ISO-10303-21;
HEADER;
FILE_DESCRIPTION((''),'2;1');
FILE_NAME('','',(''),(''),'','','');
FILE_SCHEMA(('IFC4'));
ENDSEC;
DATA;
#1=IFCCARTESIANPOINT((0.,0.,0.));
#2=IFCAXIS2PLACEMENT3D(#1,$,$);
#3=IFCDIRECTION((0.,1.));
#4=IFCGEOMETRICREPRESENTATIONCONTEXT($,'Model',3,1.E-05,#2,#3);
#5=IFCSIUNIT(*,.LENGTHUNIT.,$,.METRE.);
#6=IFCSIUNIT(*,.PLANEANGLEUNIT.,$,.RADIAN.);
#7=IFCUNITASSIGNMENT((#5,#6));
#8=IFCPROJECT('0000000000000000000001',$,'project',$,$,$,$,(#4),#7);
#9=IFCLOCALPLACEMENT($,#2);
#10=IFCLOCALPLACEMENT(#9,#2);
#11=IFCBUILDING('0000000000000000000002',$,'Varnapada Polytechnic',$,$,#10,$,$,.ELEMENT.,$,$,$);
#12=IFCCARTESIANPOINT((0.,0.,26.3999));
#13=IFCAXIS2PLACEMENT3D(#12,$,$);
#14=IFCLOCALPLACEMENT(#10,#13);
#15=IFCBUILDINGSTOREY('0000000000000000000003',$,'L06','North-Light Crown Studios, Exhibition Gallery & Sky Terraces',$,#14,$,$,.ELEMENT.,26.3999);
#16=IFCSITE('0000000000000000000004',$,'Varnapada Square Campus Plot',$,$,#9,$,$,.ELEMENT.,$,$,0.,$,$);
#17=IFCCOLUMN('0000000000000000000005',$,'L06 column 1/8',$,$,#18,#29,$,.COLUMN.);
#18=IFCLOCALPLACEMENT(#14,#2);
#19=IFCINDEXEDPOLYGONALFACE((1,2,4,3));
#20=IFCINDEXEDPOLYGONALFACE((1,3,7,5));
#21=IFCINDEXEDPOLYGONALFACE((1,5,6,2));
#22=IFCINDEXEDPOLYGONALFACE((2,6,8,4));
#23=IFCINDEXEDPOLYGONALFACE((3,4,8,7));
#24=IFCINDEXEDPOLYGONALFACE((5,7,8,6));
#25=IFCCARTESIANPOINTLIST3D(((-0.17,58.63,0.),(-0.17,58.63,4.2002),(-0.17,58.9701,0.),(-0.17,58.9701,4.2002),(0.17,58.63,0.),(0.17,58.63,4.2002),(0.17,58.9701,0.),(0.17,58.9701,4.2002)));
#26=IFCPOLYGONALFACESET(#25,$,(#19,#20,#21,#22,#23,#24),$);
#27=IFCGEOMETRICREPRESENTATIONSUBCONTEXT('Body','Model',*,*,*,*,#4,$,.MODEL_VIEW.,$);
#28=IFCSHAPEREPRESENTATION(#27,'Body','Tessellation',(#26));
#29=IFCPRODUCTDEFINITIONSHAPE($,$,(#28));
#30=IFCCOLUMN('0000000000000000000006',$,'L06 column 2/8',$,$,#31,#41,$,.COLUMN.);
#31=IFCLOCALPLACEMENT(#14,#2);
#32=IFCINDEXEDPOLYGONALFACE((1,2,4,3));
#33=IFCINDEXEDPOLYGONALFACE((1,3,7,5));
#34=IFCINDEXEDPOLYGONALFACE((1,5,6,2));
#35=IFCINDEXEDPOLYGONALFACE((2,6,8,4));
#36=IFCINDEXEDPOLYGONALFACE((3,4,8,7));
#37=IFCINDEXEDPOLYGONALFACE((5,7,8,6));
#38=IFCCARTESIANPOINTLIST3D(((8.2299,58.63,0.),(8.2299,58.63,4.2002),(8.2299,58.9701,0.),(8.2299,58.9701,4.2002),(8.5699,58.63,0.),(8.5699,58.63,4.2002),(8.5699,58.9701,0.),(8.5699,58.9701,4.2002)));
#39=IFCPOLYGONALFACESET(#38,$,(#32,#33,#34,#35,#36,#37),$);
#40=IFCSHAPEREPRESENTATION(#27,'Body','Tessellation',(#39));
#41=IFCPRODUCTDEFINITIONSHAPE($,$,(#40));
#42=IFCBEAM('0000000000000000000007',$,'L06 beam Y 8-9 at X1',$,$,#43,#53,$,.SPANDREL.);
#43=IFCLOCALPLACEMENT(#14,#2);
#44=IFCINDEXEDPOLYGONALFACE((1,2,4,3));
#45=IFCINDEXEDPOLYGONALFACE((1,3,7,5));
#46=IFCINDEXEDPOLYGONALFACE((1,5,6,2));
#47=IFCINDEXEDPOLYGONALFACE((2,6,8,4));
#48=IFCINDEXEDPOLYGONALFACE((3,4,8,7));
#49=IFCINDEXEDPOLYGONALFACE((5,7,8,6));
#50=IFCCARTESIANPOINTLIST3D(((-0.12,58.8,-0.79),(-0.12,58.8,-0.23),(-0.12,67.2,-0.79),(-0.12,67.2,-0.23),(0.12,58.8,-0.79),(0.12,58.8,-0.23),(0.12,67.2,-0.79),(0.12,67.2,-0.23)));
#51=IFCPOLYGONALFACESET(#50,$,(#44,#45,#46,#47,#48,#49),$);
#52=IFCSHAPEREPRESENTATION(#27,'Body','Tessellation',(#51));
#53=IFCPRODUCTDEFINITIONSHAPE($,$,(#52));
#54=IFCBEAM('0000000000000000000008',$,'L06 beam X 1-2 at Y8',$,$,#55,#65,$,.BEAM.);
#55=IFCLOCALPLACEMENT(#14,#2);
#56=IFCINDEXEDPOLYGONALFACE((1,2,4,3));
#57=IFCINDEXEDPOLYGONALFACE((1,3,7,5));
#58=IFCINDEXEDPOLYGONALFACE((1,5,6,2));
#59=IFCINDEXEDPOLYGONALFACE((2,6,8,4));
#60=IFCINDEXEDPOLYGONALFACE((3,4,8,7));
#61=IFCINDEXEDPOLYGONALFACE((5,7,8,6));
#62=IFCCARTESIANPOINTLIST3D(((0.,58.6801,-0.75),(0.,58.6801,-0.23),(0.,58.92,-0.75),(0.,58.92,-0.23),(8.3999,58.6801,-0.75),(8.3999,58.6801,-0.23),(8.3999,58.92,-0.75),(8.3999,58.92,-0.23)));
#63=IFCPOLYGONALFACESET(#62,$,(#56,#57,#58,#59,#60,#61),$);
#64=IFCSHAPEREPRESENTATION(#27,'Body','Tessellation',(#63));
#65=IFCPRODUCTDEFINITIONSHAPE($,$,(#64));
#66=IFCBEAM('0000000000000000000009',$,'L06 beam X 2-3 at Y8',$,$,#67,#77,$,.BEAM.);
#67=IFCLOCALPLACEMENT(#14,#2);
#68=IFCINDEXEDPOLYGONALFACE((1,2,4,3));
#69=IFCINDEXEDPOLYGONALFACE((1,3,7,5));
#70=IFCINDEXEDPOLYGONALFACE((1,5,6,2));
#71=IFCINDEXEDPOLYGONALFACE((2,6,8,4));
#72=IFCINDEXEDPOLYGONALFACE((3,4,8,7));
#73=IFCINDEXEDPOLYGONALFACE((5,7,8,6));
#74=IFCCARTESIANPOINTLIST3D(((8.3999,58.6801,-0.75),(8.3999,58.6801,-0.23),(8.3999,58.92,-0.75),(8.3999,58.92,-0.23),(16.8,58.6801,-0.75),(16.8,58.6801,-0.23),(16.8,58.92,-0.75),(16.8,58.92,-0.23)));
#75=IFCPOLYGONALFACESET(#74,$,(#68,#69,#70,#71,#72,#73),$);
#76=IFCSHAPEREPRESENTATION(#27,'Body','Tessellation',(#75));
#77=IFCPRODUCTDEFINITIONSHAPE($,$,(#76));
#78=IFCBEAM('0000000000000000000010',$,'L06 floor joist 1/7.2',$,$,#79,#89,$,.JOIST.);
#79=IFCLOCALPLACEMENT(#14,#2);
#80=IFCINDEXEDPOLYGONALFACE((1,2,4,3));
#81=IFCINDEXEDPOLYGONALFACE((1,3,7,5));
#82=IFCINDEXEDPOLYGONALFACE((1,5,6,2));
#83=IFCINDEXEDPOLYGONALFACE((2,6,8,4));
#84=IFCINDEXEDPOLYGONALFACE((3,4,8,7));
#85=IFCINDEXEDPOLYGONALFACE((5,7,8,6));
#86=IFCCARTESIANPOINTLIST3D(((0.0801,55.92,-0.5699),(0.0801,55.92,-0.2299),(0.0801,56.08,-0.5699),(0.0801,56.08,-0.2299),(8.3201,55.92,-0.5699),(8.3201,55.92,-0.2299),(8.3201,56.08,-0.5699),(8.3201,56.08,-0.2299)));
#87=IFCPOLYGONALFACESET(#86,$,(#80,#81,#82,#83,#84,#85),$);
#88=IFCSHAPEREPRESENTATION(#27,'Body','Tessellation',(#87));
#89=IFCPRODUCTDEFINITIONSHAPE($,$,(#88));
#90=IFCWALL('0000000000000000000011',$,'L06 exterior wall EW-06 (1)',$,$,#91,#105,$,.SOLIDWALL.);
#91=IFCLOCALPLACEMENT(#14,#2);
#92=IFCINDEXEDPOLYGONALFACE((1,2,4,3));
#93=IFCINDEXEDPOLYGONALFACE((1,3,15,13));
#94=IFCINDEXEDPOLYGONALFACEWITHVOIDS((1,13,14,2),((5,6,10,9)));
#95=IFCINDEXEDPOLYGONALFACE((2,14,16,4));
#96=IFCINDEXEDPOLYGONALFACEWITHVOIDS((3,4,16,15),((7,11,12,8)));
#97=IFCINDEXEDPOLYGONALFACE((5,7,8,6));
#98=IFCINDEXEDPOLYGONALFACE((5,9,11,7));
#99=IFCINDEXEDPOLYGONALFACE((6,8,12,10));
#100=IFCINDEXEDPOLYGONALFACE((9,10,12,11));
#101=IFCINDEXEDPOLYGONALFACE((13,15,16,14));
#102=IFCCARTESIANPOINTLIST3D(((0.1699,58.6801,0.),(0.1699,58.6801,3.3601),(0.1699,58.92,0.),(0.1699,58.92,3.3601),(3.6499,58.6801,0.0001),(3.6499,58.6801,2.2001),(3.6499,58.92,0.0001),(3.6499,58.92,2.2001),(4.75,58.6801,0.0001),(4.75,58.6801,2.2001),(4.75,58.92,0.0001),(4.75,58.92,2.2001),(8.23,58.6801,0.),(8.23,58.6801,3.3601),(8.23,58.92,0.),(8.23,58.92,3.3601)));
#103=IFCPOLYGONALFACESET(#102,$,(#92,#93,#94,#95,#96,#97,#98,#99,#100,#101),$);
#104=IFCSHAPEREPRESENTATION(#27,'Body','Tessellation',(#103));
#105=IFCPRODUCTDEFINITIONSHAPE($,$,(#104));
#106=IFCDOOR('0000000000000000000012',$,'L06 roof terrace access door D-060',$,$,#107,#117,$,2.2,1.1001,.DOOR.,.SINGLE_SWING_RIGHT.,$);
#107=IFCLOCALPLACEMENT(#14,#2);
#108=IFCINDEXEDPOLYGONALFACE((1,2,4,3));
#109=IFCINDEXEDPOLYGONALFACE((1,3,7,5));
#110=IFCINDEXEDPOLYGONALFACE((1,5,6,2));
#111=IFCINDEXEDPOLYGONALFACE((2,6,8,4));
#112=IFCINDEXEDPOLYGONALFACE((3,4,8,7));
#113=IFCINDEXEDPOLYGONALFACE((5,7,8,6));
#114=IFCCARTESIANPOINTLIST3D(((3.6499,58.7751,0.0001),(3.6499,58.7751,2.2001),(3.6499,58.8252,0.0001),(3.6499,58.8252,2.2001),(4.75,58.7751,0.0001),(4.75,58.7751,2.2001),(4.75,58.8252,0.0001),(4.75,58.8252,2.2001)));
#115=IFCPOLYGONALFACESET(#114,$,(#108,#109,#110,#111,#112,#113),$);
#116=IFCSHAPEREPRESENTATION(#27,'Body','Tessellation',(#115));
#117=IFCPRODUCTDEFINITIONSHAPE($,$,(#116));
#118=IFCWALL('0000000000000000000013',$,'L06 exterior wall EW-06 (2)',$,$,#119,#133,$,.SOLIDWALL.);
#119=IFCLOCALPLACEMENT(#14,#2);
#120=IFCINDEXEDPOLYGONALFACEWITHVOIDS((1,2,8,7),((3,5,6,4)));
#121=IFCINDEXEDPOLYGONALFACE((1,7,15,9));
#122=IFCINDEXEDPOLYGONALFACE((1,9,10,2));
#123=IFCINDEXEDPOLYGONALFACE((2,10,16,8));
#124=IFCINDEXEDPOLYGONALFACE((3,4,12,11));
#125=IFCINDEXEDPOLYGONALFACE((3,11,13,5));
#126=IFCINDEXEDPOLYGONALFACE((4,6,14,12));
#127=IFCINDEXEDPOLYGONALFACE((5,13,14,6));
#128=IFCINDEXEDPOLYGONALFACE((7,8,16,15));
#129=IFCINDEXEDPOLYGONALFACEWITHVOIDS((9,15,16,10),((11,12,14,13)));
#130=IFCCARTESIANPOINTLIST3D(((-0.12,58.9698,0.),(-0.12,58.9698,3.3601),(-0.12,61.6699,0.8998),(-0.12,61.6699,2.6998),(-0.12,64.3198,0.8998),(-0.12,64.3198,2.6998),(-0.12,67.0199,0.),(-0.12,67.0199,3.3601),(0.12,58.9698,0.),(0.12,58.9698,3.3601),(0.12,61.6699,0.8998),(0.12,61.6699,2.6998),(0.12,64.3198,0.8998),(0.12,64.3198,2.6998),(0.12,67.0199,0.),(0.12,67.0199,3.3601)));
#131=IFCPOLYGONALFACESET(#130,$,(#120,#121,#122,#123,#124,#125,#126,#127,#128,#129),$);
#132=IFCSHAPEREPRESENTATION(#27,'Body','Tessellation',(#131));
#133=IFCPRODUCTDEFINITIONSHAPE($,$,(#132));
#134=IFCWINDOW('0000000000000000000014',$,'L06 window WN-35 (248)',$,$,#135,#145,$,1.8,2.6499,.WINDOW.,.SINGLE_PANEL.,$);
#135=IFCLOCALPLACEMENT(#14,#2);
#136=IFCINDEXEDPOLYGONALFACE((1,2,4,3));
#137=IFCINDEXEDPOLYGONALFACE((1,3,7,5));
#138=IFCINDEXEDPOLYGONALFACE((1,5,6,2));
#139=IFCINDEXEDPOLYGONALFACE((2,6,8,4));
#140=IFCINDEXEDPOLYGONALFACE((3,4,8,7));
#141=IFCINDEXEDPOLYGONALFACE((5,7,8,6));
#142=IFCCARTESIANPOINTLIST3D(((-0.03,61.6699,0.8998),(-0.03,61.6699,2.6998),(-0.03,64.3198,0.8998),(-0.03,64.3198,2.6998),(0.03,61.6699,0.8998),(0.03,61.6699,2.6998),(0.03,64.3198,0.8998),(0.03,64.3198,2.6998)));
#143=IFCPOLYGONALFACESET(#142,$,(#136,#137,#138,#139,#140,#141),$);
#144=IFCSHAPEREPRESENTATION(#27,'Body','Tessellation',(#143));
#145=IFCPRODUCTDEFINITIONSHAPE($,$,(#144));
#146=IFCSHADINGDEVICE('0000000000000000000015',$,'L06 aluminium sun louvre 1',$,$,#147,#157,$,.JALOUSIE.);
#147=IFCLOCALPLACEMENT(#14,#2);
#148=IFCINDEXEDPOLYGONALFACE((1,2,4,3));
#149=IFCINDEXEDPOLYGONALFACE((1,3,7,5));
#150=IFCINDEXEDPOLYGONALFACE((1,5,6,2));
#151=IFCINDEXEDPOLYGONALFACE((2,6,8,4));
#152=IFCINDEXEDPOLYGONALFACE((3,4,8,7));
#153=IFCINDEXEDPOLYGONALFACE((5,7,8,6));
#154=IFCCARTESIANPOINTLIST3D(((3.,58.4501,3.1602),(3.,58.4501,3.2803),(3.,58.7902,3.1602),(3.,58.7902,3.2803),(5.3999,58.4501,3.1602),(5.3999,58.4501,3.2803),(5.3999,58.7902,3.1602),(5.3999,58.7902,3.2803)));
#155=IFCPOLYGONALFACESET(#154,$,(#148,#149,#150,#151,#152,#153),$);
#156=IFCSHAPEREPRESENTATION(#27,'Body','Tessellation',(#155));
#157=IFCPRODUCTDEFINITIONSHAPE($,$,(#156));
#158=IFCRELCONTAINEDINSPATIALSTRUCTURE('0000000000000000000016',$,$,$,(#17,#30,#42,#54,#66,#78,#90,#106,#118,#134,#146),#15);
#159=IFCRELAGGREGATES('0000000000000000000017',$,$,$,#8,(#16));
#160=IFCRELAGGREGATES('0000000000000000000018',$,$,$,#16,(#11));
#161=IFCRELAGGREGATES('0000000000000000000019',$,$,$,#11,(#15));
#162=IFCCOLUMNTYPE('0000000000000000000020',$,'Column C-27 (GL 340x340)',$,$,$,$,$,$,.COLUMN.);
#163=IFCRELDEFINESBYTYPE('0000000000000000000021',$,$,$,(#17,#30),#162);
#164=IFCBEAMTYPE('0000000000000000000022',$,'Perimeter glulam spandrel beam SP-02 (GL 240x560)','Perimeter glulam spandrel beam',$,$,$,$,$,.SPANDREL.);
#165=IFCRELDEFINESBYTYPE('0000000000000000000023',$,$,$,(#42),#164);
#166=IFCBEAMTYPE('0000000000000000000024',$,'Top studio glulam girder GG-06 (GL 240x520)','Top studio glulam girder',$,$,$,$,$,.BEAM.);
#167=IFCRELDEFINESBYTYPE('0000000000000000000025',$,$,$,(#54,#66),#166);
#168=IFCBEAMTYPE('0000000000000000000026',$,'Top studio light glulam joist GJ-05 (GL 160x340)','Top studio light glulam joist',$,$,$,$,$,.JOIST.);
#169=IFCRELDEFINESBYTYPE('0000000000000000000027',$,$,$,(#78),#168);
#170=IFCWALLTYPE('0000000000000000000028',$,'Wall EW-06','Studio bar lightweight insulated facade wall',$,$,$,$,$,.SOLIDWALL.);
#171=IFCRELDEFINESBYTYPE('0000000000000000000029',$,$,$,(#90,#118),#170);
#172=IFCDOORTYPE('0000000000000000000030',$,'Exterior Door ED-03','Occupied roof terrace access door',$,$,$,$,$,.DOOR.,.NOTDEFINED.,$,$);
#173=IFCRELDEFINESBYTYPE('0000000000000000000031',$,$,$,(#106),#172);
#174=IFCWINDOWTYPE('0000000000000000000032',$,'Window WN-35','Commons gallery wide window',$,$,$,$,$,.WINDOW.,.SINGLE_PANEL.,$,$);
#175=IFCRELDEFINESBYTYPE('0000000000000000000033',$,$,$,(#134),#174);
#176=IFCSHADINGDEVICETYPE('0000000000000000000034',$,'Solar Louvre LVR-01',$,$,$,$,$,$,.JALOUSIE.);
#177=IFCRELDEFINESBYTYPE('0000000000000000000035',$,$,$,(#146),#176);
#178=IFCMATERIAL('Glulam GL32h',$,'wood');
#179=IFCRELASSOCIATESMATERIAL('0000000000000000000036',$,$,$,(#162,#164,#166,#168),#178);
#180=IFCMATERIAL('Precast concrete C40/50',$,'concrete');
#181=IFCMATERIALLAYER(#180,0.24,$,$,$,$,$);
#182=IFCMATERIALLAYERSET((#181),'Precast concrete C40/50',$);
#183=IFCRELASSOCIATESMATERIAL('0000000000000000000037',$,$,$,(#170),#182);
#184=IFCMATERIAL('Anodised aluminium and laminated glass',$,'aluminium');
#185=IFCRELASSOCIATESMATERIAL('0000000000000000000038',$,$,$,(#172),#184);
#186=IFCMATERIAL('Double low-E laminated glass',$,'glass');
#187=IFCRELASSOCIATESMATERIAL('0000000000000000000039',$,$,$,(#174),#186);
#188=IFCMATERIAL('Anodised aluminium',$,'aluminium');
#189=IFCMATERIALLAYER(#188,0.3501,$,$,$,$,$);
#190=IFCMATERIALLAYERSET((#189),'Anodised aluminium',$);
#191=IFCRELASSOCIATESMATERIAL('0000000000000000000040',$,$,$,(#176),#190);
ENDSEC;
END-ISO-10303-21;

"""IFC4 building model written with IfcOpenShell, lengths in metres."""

from ifc_helpers import new_model, si_unit, direction, frame, frame_2d, origin, origin_2d, place, context, subcontext, project, spatial, rectangle, extrude, material, layer, layer_set, material_profile, profile_set, type_object, element, fill, save


model = new_model("IFC4")

# Units and contexts
model_context = context("Model", 3, precision=1e-05, world=origin(), true_north=direction((0.0, 1.0)))
body_context = subcontext(model_context, "Body", "Model", "MODEL_VIEW")
ifc_project = project(units=[si_unit("LENGTHUNIT", "METRE"), si_unit("PLANEANGLEUNIT", "RADIAN")], contexts=[model_context])

# Site, building, storey
site_placement = place(None, origin())
site = spatial("IfcSite", under=ifc_project, at=site_placement, Name="Varnapada Square Campus Plot", CompositionType="ELEMENT", RefElevation=0.0)
building_placement = place(site_placement, origin())
building = spatial("IfcBuilding", under=site, at=building_placement, Name="Varnapada Polytechnic", CompositionType="ELEMENT")
storey_placement = place(building_placement, frame((0.0, 0.0, 26.3999)))
storey = spatial("IfcBuildingStorey", under=building, at=storey_placement, Name="L06", Description="North-Light Crown Studios, Exhibition Gallery & Sky Terraces", CompositionType="ELEMENT", Elevation=26.3999)

# Columns
ifc_material_1 = material(Name="Glulam GL32h", Category="wood")
ifc_material_profile_1 = material_profile(ifc_material_1, rectangle(XDim=0.3401, YDim=0.3401, at=origin_2d()), Name="GL 340x340")
ifc_profile_set_1 = profile_set([ifc_material_profile_1], Name="Glulam GL32h")
column_type = type_object("IfcColumnType", Name="Column C-27 (GL 340x340)", PredefinedType="COLUMN", material=ifc_profile_set_1)
for number, where, z_axis, x_axis, name in (
    (1, (0.0, 58.8, 0.0), (0.0, 0.0, 1.0), (1.0, 0.0, 0.0), "L06 column 1/8"),
    (2, (8.3999, 58.8, 0.0), (0.0, 0.0, 1.0), (1.0, 0.0, 0.0), "L06 column 2/8"),
):
    element("IfcColumn", number, at=place(storey_placement, frame(where, z_axis=z_axis, x_axis=x_axis)), inside=storey, type_object=column_type, Name=name, PredefinedType="COLUMN", context=body_context, shape_type="SweptSolid", body=[
        extrude(rectangle(XDim=0.3401, YDim=0.3401, at=origin_2d()), origin(), (0.0, 0.0, 1.0), 4.2002),
    ])

# Beams
ifc_material_profile_2 = material_profile(ifc_material_1, rectangle(XDim=0.24, YDim=0.5601, at=origin_2d()), Name="GL 240x560")
ifc_profile_set_2 = profile_set([ifc_material_profile_2], Name="Glulam GL32h")
beam_type_1 = type_object("IfcBeamType", Name="Perimeter glulam spandrel beam SP-02 (GL 240x560)", Description="Perimeter glulam spandrel beam", PredefinedType="SPANDREL", material=ifc_profile_set_2)
beam_1_placement = place(storey_placement, frame((0.0, 58.8, -0.51), z_axis=(0.0, 1.0, 0.0), x_axis=(-1.0, 0.0, 0.0)))
element("IfcBeam", 3, at=beam_1_placement, inside=storey, type_object=beam_type_1, Name="L06 beam Y 8-9 at X1", PredefinedType="SPANDREL", context=body_context, shape_type="SweptSolid", body=[
    extrude(rectangle(XDim=0.24, YDim=0.5601, at=origin_2d()), origin(), (0.0, 0.0, 1.0), 8.3999),
])
ifc_material_profile_3 = material_profile(ifc_material_1, rectangle(XDim=0.24, YDim=0.52, at=origin_2d()), Name="GL 240x520")
ifc_profile_set_3 = profile_set([ifc_material_profile_3], Name="Glulam GL32h")
beam_type_2 = type_object("IfcBeamType", Name="Top studio glulam girder GG-06 (GL 240x520)", Description="Top studio glulam girder", PredefinedType="BEAM", material=ifc_profile_set_3)
beam_2_placement = place(storey_placement, frame((0.0, 58.8, -0.49), z_axis=(1.0, 0.0, 0.0), x_axis=(0.0, 1.0, 0.0)))
element("IfcBeam", 4, at=beam_2_placement, inside=storey, type_object=beam_type_2, Name="L06 beam X 1-2 at Y8", PredefinedType="BEAM", context=body_context, shape_type="SweptSolid", body=[
    extrude(rectangle(XDim=0.24, YDim=0.52, at=origin_2d()), origin(), (0.0, 0.0, 1.0), 8.3999),
])
beam_3_placement = place(storey_placement, frame((8.3999, 58.8, -0.49), z_axis=(1.0, 0.0, 0.0), x_axis=(0.0, 1.0, 0.0)))
element("IfcBeam", 5, at=beam_3_placement, inside=storey, type_object=beam_type_2, Name="L06 beam X 2-3 at Y8", PredefinedType="BEAM", context=body_context, shape_type="SweptSolid", body=[
    extrude(rectangle(XDim=0.24, YDim=0.52, at=origin_2d()), origin(), (0.0, 0.0, 1.0), 8.4001),
])
ifc_material_profile_4 = material_profile(ifc_material_1, rectangle(XDim=0.1599, YDim=0.3401, at=origin_2d()), Name="GL 160x340")
ifc_profile_set_4 = profile_set([ifc_material_profile_4], Name="Glulam GL32h")
beam_type_3 = type_object("IfcBeamType", Name="Top studio light glulam joist GJ-05 (GL 160x340)", Description="Top studio light glulam joist", PredefinedType="JOIST", material=ifc_profile_set_4)
beam_4_placement = place(storey_placement, frame((0.0801, 56.0, -0.3999), z_axis=(1.0, 0.0, 0.0), x_axis=(0.0, 1.0, 0.0)))
element("IfcBeam", 6, at=beam_4_placement, inside=storey, type_object=beam_type_3, Name="L06 floor joist 1/7.2", PredefinedType="JOIST", context=body_context, shape_type="SweptSolid", body=[
    extrude(rectangle(XDim=0.1599, YDim=0.3401, at=origin_2d()), origin(), (0.0, 0.0, 1.0), 8.24),
])

# Wall, opening, door
ifc_material_2 = material(Name="Precast concrete C40/50", Category="concrete")
ifc_layer_1 = layer(ifc_material_2, 0.24)
ifc_layer_set_1 = layer_set([ifc_layer_1], Name="Precast concrete C40/50")
wall_type = type_object("IfcWallType", Name="Wall EW-06", Description="Studio bar lightweight insulated facade wall", PredefinedType="SOLIDWALL", material=ifc_layer_set_1)
wall_1_placement = place(storey_placement, frame((8.23, 58.8, 0.0), z_axis=(0.0, 0.0, 1.0), x_axis=(-1.0, 0.0, 0.0)))
wall_1 = element("IfcWall", 7, at=wall_1_placement, inside=storey, type_object=wall_type, Name="L06 exterior wall EW-06 (1)", PredefinedType="SOLIDWALL", context=body_context, shape_type="SweptSolid", body=[
    extrude(rectangle(XDim=8.0601, YDim=0.24, at=frame_2d((4.03, 0.0))), origin(), (0.0, 0.0, 1.0), 3.3601),
])
opening_1_placement = place(wall_1_placement, frame((3.48, 0.0, 0.0)))
opening_1 = element("IfcOpeningElement", 8, at=opening_1_placement, cuts=wall_1, PredefinedType="OPENING", context=body_context, shape_type="SweptSolid", body=[
    extrude(rectangle(XDim=1.1001, YDim=2.2, at=frame_2d((0.55, 1.1001))), frame((0.0, 0.1299, 0.0), z_axis=(0.0, -1.0, 0.0), x_axis=(1.0, 0.0, 0.0)), (0.0, 0.0, 1.0), 0.26),
])
ifc_material_3 = material(Name="Anodised aluminium and laminated glass", Category="aluminium")
door_type = type_object("IfcDoorType", Name="Exterior Door ED-03", Description="Occupied roof terrace access door", OperationType="NOTDEFINED", PredefinedType="DOOR", material=ifc_material_3)
door_placement = place(opening_1_placement, origin())
door = element("IfcDoor", 9, at=door_placement, inside=storey, type_object=door_type, Name="L06 roof terrace access door D-060", OperationType="SINGLE_SWING_RIGHT", OverallHeight=2.2, OverallWidth=1.1001, PredefinedType="DOOR", context=body_context, shape_type="SweptSolid", body=[
    extrude(rectangle(XDim=1.1001, YDim=2.2, at=frame_2d((0.55, 1.1001))), frame((0.0, 0.0249, 0.0), z_axis=(0.0, -1.0, 0.0), x_axis=(1.0, 0.0, 0.0)), (0.0, 0.0, 1.0), 0.05),
])
fill(opening_1, door)

# Wall, opening, window
wall_2_placement = place(storey_placement, frame((0.0, 58.97, 0.0), z_axis=(0.0, 0.0, 1.0), x_axis=(0.0, 1.0, 0.0)))
wall_2 = element("IfcWall", 10, at=wall_2_placement, inside=storey, type_object=wall_type, Name="L06 exterior wall EW-06 (2)", PredefinedType="SOLIDWALL", context=body_context, shape_type="SweptSolid", body=[
    extrude(rectangle(XDim=8.05, YDim=0.24, at=frame_2d((4.0249, 0.0))), origin(), (0.0, 0.0, 1.0), 3.3601),
])
opening_2_placement = place(wall_2_placement, frame((2.7, 0.0, 0.8999)))
opening_2 = element("IfcOpeningElement", 11, at=opening_2_placement, cuts=wall_2, PredefinedType="OPENING", context=body_context, shape_type="SweptSolid", body=[
    extrude(rectangle(XDim=2.6499, YDim=1.8, at=frame_2d((1.325, 0.8999))), frame((0.0, 0.1299, 0.0), z_axis=(0.0, -1.0, 0.0), x_axis=(1.0, 0.0, 0.0)), (0.0, 0.0, 1.0), 0.26),
])
ifc_material_4 = material(Name="Double low-E laminated glass", Category="glass")
window_type = type_object("IfcWindowType", Name="Window WN-35", Description="Commons gallery wide window", PartitioningType="SINGLE_PANEL", PredefinedType="WINDOW", material=ifc_material_4)
window_placement = place(opening_2_placement, origin())
window = element("IfcWindow", 12, at=window_placement, inside=storey, type_object=window_type, Name="L06 window WN-35 (248)", OverallHeight=1.8, OverallWidth=2.6499, PartitioningType="SINGLE_PANEL", PredefinedType="WINDOW", context=body_context, shape_type="SweptSolid", body=[
    extrude(rectangle(XDim=2.6499, YDim=1.8, at=frame_2d((1.325, 0.8999))), frame((0.0, 0.03, 0.0), z_axis=(0.0, -1.0, 0.0), x_axis=(1.0, 0.0, 0.0)), (0.0, 0.0, 1.0), 0.0601),
])
fill(opening_2, window)

# Shading device
ifc_material_5 = material(Name="Anodised aluminium", Category="aluminium")
ifc_layer_2 = layer(ifc_material_5, 0.3501)
ifc_layer_set_2 = layer_set([ifc_layer_2], Name="Anodised aluminium")
shading_device_type = type_object("IfcShadingDeviceType", Name="Solar Louvre LVR-01", PredefinedType="JALOUSIE", material=ifc_layer_set_2)
shading_device_placement = place(storey_placement, frame((4.2, 58.6201, 3.1602), z_axis=(0.0, 0.0, 1.0), x_axis=(-1.0, 0.0, 0.0)))
element("IfcShadingDevice", 13, at=shading_device_placement, inside=storey, type_object=shading_device_type, Name="L06 aluminium sun louvre 1", PredefinedType="JALOUSIE", context=body_context, shape_type="SweptSolid", body=[
    extrude(rectangle(XDim=2.3999, YDim=0.3401, at=origin_2d()), origin(), (0.0, 0.0, 1.0), 0.1201),
])

save(model, "model.ifc")
